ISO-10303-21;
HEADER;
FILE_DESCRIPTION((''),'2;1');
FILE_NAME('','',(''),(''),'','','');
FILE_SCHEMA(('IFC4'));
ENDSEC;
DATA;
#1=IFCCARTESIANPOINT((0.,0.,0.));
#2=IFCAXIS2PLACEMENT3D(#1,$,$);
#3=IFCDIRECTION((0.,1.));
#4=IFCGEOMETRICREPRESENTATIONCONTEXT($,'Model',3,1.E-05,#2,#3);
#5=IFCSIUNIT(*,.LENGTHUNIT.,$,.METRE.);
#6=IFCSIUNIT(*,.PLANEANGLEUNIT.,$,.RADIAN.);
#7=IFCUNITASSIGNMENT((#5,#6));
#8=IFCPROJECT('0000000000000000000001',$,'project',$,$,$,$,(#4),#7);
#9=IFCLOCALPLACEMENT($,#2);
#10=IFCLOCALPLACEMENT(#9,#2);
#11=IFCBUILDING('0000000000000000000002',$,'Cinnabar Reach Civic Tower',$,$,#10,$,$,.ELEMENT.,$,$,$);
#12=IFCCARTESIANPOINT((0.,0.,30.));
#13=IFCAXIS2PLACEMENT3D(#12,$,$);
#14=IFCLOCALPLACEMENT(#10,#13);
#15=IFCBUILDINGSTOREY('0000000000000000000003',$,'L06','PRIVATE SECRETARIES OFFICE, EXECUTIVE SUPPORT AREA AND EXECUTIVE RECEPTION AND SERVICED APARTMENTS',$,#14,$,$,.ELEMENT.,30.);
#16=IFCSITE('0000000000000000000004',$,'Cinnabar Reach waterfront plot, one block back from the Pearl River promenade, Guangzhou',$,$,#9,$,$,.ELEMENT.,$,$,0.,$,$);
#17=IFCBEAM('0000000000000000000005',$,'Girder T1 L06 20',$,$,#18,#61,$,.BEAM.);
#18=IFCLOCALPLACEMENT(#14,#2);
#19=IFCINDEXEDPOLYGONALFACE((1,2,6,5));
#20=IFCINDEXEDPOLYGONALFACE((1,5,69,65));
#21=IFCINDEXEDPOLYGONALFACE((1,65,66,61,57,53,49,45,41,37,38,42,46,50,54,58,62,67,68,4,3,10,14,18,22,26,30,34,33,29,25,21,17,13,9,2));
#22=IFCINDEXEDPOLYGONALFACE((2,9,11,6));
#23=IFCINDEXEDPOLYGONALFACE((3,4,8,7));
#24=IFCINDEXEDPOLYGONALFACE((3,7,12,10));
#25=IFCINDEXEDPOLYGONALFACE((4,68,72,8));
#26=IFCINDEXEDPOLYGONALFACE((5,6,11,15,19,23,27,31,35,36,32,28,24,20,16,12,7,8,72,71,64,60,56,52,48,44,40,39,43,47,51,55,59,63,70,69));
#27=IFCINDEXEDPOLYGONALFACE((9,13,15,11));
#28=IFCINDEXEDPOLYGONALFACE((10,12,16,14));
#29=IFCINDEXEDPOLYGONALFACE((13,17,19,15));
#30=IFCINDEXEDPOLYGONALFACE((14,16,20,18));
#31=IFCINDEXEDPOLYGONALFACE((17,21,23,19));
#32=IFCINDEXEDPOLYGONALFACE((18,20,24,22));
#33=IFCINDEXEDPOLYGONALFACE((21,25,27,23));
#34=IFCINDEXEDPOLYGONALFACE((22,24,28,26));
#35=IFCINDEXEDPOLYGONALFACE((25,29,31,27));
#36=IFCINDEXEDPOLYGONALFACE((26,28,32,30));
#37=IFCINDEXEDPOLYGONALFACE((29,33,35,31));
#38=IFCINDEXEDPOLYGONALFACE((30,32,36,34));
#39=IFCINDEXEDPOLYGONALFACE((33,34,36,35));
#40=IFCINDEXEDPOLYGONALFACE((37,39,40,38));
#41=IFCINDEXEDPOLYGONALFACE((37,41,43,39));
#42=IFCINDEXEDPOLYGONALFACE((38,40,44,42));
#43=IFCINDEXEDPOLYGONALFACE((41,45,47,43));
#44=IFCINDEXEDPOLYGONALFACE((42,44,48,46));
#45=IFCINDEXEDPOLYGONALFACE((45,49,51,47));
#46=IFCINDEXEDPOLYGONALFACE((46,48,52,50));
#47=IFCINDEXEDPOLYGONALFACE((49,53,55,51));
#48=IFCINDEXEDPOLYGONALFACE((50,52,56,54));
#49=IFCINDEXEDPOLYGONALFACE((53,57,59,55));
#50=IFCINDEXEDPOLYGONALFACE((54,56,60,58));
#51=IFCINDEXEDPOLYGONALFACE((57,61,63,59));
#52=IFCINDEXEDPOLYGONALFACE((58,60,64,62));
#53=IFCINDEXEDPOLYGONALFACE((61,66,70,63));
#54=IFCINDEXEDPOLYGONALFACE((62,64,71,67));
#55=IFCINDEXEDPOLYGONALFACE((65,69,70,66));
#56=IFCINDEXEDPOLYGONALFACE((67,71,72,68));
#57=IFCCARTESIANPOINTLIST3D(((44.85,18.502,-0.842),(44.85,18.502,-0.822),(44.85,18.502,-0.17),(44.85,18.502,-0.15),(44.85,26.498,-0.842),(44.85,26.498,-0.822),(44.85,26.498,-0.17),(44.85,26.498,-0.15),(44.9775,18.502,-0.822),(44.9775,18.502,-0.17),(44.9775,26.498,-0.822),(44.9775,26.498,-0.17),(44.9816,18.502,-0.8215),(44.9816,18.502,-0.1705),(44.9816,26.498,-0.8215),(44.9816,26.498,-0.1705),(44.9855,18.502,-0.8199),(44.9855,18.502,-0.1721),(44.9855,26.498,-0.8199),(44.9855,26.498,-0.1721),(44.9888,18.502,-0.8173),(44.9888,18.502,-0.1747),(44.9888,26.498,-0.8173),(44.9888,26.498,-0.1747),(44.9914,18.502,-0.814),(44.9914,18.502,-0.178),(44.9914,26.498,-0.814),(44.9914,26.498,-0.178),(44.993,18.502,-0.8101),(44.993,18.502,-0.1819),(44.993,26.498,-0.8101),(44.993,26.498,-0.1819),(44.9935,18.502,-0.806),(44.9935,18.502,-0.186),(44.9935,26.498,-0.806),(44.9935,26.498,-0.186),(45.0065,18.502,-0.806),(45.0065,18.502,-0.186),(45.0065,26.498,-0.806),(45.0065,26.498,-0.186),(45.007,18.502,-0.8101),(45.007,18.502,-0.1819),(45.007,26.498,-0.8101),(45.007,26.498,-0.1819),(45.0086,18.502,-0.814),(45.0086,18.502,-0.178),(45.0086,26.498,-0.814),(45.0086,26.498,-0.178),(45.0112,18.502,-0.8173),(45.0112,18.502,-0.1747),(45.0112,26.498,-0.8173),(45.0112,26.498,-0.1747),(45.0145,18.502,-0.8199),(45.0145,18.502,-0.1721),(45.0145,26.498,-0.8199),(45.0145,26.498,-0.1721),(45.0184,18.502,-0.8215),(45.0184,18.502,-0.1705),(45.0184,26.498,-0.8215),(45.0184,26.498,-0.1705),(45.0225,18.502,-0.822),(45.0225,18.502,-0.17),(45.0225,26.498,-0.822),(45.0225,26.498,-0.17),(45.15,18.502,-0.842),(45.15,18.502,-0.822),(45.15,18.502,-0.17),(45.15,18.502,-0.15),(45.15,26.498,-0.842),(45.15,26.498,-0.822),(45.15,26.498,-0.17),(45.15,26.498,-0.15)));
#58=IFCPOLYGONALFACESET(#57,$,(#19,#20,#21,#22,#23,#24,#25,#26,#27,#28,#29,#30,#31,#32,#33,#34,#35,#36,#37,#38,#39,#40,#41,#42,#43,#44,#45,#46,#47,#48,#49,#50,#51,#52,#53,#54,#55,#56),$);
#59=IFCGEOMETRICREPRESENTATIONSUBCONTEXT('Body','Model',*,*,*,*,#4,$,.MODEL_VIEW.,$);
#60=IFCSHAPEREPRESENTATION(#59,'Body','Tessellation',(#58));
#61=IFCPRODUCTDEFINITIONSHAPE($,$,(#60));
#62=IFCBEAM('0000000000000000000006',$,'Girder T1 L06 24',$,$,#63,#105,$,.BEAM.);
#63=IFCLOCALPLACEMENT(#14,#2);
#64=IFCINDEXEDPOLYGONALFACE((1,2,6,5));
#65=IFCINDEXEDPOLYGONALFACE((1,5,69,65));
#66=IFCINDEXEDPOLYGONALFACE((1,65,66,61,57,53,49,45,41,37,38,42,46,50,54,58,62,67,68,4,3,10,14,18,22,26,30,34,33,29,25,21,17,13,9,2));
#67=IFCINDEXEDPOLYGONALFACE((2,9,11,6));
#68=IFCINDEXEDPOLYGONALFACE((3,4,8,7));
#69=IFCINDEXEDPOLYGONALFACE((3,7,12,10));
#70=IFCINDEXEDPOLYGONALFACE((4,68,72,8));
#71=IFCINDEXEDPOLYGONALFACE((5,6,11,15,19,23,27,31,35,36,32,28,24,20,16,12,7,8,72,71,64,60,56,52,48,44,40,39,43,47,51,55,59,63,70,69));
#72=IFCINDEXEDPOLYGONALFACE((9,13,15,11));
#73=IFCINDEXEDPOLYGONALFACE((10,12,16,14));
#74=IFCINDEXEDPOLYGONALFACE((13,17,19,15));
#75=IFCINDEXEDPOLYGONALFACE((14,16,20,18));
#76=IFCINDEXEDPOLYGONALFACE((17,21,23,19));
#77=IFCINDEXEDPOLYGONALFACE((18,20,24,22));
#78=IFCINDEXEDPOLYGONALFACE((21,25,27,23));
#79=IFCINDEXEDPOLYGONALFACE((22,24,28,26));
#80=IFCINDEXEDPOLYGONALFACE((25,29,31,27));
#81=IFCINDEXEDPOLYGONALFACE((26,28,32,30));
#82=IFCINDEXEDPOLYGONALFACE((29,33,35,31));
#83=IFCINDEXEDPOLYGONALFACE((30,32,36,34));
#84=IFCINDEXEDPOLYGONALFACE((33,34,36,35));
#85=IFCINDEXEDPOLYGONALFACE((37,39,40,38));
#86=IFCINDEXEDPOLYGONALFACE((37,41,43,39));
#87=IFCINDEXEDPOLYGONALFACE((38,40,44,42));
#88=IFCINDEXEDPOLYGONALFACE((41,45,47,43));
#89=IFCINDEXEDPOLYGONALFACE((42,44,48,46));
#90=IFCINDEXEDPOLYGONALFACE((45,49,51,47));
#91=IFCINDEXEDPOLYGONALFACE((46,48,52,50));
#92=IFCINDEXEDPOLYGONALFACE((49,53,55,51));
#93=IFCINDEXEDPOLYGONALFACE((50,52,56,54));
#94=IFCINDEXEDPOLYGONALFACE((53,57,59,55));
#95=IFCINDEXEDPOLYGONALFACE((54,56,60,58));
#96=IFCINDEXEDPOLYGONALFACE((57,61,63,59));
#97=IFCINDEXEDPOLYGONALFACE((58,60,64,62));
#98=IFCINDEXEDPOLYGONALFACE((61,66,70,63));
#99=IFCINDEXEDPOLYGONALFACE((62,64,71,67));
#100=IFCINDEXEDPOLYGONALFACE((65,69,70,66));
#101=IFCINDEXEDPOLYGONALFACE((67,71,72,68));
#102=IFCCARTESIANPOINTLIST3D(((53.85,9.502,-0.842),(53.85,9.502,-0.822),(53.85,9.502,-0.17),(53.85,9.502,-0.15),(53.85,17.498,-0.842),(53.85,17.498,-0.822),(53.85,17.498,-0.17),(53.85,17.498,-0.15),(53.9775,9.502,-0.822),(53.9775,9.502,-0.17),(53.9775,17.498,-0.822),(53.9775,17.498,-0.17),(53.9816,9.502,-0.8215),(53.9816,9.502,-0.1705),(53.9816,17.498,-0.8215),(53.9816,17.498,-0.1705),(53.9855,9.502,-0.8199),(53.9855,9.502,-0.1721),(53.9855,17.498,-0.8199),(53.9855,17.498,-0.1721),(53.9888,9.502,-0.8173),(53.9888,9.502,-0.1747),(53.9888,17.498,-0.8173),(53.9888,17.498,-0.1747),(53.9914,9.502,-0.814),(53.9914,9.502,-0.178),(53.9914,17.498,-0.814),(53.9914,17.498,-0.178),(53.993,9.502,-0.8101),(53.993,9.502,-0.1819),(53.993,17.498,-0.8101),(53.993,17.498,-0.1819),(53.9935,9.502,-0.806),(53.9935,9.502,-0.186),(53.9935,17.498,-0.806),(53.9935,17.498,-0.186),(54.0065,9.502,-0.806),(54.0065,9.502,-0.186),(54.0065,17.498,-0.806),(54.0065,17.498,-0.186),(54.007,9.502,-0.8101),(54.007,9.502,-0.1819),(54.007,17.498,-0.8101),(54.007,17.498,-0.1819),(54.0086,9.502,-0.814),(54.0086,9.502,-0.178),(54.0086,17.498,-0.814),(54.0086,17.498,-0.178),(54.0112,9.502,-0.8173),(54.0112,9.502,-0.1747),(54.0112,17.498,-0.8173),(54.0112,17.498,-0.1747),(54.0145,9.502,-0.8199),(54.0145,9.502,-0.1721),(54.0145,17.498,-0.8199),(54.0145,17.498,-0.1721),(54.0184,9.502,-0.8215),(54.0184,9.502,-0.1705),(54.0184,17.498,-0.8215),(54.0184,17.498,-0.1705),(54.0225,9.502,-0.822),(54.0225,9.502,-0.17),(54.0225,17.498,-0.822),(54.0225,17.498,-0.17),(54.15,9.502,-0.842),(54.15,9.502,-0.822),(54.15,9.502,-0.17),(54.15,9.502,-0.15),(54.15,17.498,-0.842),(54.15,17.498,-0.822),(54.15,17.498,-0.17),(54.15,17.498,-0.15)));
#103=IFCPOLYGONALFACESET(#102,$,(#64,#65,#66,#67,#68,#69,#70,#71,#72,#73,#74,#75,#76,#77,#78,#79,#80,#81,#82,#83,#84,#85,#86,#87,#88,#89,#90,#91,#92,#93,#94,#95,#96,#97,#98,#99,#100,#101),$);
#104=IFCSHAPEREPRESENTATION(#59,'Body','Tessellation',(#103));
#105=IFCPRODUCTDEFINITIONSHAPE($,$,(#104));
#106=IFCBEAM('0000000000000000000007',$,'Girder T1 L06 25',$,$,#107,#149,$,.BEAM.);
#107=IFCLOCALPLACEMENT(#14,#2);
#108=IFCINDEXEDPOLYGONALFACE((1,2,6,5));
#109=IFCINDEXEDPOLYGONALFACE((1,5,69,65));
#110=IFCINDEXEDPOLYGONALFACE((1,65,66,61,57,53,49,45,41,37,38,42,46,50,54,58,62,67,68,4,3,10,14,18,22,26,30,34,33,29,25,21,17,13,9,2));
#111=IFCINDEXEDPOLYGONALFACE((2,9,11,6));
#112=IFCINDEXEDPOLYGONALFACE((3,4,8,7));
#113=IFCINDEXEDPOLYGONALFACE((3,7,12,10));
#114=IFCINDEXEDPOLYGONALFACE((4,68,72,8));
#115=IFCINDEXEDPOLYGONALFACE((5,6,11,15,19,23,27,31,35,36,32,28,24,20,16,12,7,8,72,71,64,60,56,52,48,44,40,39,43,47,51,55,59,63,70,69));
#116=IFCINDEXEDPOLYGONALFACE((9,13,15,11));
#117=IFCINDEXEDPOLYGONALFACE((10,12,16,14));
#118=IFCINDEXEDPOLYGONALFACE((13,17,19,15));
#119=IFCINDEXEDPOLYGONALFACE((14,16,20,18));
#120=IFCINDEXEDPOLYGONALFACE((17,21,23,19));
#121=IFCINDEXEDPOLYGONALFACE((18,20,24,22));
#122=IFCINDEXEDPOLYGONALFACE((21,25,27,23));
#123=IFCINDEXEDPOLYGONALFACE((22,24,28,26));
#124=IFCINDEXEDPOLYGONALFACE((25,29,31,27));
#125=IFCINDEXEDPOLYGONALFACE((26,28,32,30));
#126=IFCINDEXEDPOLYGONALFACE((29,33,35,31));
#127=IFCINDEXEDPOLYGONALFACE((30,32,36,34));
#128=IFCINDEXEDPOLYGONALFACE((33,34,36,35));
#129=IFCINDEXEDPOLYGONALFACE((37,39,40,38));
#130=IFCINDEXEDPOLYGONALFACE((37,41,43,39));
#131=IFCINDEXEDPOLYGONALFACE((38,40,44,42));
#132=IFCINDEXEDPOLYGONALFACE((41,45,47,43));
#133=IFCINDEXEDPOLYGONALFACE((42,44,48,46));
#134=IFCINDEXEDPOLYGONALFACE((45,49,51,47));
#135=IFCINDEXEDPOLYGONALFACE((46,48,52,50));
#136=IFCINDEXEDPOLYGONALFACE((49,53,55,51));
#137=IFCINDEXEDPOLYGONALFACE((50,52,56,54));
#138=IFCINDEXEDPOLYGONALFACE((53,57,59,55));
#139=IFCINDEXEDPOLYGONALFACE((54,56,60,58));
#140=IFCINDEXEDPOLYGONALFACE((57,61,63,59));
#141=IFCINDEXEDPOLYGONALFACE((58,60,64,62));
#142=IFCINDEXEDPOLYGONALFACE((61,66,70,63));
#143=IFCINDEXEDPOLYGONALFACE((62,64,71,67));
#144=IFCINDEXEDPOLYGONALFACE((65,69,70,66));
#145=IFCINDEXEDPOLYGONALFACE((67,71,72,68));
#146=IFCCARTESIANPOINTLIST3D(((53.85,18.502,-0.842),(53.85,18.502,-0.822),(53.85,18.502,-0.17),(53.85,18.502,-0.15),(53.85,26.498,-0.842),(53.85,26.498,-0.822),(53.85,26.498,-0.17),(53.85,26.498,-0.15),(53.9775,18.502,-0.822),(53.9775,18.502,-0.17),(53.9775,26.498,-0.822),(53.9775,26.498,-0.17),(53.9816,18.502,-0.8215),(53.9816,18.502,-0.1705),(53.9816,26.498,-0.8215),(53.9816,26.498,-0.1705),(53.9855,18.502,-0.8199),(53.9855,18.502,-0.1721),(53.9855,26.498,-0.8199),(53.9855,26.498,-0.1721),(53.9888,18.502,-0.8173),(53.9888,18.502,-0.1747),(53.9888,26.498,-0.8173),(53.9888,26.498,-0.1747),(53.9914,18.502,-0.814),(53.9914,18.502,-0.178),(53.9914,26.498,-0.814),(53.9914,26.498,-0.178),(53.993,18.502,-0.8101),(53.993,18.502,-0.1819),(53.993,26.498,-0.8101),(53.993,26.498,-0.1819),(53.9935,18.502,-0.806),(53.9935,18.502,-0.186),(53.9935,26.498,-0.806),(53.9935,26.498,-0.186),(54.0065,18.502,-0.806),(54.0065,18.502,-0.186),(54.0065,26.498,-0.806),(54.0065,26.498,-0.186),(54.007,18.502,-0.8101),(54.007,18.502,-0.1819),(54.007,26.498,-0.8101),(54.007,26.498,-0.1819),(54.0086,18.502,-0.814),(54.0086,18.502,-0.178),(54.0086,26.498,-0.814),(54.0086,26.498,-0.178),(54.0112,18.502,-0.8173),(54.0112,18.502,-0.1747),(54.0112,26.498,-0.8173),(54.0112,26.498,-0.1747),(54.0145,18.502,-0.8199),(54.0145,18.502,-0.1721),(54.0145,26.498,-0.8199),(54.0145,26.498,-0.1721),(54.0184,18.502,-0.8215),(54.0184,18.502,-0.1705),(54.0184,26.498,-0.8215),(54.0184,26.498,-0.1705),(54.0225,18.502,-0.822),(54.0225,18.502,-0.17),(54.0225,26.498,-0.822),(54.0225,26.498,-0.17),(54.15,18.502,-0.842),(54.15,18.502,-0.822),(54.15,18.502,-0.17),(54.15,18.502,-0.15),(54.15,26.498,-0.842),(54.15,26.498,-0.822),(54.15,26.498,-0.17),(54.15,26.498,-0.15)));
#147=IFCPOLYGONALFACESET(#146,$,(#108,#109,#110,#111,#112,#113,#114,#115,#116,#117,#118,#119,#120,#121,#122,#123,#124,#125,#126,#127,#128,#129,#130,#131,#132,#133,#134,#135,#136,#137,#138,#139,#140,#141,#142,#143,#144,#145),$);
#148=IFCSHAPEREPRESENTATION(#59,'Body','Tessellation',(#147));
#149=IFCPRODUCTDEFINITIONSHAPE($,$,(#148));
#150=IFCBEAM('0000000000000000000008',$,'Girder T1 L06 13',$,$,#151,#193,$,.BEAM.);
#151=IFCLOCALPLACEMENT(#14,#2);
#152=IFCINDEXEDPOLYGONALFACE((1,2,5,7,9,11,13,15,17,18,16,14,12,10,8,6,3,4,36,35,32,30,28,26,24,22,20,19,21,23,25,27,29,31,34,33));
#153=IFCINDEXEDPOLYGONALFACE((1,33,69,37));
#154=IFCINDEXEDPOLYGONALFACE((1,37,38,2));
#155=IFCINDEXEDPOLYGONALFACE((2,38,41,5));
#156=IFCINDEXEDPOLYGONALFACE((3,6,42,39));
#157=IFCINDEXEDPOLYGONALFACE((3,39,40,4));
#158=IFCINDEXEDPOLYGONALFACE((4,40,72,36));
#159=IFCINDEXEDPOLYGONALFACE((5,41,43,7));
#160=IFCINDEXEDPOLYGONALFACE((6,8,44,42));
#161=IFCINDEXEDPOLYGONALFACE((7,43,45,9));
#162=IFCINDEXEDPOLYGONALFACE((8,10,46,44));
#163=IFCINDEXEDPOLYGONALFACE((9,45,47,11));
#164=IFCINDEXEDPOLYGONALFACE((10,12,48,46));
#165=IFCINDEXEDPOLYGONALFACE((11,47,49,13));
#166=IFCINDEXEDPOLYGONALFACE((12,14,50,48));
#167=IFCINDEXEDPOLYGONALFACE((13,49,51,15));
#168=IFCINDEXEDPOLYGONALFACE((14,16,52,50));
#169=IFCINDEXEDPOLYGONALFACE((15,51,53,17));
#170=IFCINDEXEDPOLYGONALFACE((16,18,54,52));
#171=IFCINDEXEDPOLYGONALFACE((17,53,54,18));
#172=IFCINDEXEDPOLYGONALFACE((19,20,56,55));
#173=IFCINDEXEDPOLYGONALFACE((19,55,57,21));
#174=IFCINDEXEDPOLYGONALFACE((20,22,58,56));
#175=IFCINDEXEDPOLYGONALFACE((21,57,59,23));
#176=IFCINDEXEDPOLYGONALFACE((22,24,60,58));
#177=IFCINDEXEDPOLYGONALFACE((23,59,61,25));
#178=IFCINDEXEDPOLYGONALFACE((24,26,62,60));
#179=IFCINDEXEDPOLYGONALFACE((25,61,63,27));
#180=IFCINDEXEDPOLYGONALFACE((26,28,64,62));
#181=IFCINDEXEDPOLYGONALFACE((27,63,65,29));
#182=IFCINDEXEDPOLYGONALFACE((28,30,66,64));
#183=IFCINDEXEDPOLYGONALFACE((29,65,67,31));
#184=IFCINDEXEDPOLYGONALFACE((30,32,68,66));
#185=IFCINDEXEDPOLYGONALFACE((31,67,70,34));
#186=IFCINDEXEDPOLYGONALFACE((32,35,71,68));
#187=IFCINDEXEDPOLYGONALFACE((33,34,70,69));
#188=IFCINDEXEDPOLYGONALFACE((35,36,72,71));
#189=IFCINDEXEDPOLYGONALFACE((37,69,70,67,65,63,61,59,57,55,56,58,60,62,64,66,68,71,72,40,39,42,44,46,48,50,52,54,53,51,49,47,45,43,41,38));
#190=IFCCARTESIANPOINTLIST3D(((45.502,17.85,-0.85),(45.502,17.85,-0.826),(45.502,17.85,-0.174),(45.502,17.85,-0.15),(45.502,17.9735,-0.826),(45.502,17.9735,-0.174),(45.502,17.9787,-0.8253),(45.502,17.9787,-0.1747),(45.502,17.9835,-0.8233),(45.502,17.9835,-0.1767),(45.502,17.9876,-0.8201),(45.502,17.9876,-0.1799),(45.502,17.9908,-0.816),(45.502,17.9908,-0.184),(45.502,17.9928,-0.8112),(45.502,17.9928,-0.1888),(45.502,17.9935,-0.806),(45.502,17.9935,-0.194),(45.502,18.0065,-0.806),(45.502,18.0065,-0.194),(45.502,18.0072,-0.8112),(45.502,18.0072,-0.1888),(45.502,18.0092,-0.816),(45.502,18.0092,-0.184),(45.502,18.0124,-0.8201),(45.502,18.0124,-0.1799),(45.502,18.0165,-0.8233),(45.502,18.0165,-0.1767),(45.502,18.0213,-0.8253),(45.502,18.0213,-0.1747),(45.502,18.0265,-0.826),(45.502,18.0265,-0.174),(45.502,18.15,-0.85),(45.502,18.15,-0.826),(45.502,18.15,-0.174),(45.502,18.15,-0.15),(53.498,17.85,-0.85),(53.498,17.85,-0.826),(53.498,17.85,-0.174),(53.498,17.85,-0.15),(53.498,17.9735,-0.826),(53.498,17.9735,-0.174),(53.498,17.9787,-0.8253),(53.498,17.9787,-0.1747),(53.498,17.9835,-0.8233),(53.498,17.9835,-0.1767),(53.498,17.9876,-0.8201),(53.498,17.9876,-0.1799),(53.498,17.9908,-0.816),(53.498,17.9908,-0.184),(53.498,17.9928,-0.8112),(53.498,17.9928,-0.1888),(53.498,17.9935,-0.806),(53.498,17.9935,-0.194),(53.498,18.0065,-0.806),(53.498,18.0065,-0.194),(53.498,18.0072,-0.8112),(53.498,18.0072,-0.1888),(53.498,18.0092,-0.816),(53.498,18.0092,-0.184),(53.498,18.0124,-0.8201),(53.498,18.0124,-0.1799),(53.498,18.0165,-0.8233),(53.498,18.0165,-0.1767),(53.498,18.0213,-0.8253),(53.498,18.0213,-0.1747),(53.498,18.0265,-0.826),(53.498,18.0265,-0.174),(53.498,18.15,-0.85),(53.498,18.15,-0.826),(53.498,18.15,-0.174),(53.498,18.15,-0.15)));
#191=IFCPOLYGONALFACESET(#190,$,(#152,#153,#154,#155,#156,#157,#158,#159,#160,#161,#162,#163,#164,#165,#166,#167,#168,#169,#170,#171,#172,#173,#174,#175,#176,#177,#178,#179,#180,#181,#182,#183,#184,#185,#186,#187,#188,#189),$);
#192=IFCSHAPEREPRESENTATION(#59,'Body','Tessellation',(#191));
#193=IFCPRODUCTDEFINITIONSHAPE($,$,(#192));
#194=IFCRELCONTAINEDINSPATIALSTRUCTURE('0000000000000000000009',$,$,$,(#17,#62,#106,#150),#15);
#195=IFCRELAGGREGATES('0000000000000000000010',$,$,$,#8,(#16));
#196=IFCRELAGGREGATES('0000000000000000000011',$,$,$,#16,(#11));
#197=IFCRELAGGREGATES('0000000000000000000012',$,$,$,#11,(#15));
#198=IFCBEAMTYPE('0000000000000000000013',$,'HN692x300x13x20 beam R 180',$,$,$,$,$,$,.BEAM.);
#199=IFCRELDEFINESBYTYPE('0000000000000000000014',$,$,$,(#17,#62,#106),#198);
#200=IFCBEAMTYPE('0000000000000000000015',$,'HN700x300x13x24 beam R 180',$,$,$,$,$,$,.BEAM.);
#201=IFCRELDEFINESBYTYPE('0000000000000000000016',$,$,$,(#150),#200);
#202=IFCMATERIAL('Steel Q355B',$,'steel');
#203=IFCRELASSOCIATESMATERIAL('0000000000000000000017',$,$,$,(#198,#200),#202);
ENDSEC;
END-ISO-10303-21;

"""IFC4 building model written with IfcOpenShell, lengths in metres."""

from ifc_helpers import new_model, si_unit, direction, frame, origin, origin_2d, place, context, subcontext, project, spatial, i_section, extrude, material, material_profile, profile_set, type_object, element, save


model = new_model("IFC4")

# Units and contexts
model_context = context("Model", 3, precision=1e-05, world=origin(), true_north=direction((0.0, 1.0)))
body_context = subcontext(model_context, "Body", "Model", "MODEL_VIEW")
ifc_project = project(units=[si_unit("LENGTHUNIT", "METRE"), si_unit("PLANEANGLEUNIT", "RADIAN")], contexts=[model_context])

# Site, building, storey
site_placement = place(None, origin())
site = spatial("IfcSite", under=ifc_project, at=site_placement, Name="Cinnabar Reach waterfront plot, one block back from the Pearl River promenade, Guangzhou", CompositionType="ELEMENT", RefElevation=0.0)
building_placement = place(site_placement, origin())
building = spatial("IfcBuilding", under=site, at=building_placement, Name="Cinnabar Reach Civic Tower", CompositionType="ELEMENT")
storey_placement = place(building_placement, frame((0.0, 0.0, 30.0)))
storey = spatial("IfcBuildingStorey", under=building, at=storey_placement, Name="L06", Description="PRIVATE SECRETARIES OFFICE, EXECUTIVE SUPPORT AREA AND EXECUTIVE RECEPTION AND SERVICED APARTMENTS", CompositionType="ELEMENT", Elevation=30.0)

# Beams
ifc_material_1 = material(Name="Steel Q355B", Category="steel")
ifc_material_profile_1 = material_profile(ifc_material_1, i_section(OverallWidth=0.3, OverallDepth=0.692, WebThickness=0.013, FlangeThickness=0.02, FilletRadius=0.016, at=origin_2d()), Name="HN692x300x13x20")
ifc_profile_set_1 = profile_set([ifc_material_profile_1], Name="Steel Q355B")
beam_type_1 = type_object("IfcBeamType", Name="HN692x300x13x20 beam R 180", PredefinedType="BEAM", material=ifc_profile_set_1)
for number, where, z_axis, x_axis, name in (
    (1, (45.0, 18.502, -0.496), (0.0, 1.0, 0.0), (-1.0, 0.0, 0.0), "Girder T1 L06 20"),
    (2, (54.0, 9.502, -0.496), (0.0, 1.0, 0.0), (-1.0, 0.0, 0.0), "Girder T1 L06 24"),
    (3, (54.0, 18.502, -0.496), (0.0, 1.0, 0.0), (-1.0, 0.0, 0.0), "Girder T1 L06 25"),
):
    element("IfcBeam", number, at=place(storey_placement, frame(where, z_axis=z_axis, x_axis=x_axis)), inside=storey, type_object=beam_type_1, Name=name, PredefinedType="BEAM", context=body_context, shape_type="SweptSolid", body=[
        extrude(i_section(OverallWidth=0.3, OverallDepth=0.692, WebThickness=0.013, FlangeThickness=0.02, FilletRadius=0.016, at=origin_2d()), origin(), (0.0, 0.0, 1.0), 7.996),
    ])
ifc_material_profile_2 = material_profile(ifc_material_1, i_section(OverallWidth=0.3, OverallDepth=0.7, WebThickness=0.013, FlangeThickness=0.024, FilletRadius=0.02, at=origin_2d()), Name="HN700x300x13x24")
ifc_profile_set_2 = profile_set([ifc_material_profile_2], Name="Steel Q355B")
beam_type_2 = type_object("IfcBeamType", Name="HN700x300x13x24 beam R 180", PredefinedType="BEAM", material=ifc_profile_set_2)
beam_1_placement = place(storey_placement, frame((45.502, 18.0, -0.5), z_axis=(1.0, 0.0, 0.0), x_axis=(0.0, 1.0, 0.0)))
element("IfcBeam", 4, at=beam_1_placement, inside=storey, type_object=beam_type_2, Name="Girder T1 L06 13", PredefinedType="BEAM", context=body_context, shape_type="SweptSolid", body=[
    extrude(i_section(OverallWidth=0.3, OverallDepth=0.7, WebThickness=0.013, FlangeThickness=0.024, FilletRadius=0.02, at=origin_2d()), origin(), (0.0, 0.0, 1.0), 7.996),
])

save(model, "model.ifc")
